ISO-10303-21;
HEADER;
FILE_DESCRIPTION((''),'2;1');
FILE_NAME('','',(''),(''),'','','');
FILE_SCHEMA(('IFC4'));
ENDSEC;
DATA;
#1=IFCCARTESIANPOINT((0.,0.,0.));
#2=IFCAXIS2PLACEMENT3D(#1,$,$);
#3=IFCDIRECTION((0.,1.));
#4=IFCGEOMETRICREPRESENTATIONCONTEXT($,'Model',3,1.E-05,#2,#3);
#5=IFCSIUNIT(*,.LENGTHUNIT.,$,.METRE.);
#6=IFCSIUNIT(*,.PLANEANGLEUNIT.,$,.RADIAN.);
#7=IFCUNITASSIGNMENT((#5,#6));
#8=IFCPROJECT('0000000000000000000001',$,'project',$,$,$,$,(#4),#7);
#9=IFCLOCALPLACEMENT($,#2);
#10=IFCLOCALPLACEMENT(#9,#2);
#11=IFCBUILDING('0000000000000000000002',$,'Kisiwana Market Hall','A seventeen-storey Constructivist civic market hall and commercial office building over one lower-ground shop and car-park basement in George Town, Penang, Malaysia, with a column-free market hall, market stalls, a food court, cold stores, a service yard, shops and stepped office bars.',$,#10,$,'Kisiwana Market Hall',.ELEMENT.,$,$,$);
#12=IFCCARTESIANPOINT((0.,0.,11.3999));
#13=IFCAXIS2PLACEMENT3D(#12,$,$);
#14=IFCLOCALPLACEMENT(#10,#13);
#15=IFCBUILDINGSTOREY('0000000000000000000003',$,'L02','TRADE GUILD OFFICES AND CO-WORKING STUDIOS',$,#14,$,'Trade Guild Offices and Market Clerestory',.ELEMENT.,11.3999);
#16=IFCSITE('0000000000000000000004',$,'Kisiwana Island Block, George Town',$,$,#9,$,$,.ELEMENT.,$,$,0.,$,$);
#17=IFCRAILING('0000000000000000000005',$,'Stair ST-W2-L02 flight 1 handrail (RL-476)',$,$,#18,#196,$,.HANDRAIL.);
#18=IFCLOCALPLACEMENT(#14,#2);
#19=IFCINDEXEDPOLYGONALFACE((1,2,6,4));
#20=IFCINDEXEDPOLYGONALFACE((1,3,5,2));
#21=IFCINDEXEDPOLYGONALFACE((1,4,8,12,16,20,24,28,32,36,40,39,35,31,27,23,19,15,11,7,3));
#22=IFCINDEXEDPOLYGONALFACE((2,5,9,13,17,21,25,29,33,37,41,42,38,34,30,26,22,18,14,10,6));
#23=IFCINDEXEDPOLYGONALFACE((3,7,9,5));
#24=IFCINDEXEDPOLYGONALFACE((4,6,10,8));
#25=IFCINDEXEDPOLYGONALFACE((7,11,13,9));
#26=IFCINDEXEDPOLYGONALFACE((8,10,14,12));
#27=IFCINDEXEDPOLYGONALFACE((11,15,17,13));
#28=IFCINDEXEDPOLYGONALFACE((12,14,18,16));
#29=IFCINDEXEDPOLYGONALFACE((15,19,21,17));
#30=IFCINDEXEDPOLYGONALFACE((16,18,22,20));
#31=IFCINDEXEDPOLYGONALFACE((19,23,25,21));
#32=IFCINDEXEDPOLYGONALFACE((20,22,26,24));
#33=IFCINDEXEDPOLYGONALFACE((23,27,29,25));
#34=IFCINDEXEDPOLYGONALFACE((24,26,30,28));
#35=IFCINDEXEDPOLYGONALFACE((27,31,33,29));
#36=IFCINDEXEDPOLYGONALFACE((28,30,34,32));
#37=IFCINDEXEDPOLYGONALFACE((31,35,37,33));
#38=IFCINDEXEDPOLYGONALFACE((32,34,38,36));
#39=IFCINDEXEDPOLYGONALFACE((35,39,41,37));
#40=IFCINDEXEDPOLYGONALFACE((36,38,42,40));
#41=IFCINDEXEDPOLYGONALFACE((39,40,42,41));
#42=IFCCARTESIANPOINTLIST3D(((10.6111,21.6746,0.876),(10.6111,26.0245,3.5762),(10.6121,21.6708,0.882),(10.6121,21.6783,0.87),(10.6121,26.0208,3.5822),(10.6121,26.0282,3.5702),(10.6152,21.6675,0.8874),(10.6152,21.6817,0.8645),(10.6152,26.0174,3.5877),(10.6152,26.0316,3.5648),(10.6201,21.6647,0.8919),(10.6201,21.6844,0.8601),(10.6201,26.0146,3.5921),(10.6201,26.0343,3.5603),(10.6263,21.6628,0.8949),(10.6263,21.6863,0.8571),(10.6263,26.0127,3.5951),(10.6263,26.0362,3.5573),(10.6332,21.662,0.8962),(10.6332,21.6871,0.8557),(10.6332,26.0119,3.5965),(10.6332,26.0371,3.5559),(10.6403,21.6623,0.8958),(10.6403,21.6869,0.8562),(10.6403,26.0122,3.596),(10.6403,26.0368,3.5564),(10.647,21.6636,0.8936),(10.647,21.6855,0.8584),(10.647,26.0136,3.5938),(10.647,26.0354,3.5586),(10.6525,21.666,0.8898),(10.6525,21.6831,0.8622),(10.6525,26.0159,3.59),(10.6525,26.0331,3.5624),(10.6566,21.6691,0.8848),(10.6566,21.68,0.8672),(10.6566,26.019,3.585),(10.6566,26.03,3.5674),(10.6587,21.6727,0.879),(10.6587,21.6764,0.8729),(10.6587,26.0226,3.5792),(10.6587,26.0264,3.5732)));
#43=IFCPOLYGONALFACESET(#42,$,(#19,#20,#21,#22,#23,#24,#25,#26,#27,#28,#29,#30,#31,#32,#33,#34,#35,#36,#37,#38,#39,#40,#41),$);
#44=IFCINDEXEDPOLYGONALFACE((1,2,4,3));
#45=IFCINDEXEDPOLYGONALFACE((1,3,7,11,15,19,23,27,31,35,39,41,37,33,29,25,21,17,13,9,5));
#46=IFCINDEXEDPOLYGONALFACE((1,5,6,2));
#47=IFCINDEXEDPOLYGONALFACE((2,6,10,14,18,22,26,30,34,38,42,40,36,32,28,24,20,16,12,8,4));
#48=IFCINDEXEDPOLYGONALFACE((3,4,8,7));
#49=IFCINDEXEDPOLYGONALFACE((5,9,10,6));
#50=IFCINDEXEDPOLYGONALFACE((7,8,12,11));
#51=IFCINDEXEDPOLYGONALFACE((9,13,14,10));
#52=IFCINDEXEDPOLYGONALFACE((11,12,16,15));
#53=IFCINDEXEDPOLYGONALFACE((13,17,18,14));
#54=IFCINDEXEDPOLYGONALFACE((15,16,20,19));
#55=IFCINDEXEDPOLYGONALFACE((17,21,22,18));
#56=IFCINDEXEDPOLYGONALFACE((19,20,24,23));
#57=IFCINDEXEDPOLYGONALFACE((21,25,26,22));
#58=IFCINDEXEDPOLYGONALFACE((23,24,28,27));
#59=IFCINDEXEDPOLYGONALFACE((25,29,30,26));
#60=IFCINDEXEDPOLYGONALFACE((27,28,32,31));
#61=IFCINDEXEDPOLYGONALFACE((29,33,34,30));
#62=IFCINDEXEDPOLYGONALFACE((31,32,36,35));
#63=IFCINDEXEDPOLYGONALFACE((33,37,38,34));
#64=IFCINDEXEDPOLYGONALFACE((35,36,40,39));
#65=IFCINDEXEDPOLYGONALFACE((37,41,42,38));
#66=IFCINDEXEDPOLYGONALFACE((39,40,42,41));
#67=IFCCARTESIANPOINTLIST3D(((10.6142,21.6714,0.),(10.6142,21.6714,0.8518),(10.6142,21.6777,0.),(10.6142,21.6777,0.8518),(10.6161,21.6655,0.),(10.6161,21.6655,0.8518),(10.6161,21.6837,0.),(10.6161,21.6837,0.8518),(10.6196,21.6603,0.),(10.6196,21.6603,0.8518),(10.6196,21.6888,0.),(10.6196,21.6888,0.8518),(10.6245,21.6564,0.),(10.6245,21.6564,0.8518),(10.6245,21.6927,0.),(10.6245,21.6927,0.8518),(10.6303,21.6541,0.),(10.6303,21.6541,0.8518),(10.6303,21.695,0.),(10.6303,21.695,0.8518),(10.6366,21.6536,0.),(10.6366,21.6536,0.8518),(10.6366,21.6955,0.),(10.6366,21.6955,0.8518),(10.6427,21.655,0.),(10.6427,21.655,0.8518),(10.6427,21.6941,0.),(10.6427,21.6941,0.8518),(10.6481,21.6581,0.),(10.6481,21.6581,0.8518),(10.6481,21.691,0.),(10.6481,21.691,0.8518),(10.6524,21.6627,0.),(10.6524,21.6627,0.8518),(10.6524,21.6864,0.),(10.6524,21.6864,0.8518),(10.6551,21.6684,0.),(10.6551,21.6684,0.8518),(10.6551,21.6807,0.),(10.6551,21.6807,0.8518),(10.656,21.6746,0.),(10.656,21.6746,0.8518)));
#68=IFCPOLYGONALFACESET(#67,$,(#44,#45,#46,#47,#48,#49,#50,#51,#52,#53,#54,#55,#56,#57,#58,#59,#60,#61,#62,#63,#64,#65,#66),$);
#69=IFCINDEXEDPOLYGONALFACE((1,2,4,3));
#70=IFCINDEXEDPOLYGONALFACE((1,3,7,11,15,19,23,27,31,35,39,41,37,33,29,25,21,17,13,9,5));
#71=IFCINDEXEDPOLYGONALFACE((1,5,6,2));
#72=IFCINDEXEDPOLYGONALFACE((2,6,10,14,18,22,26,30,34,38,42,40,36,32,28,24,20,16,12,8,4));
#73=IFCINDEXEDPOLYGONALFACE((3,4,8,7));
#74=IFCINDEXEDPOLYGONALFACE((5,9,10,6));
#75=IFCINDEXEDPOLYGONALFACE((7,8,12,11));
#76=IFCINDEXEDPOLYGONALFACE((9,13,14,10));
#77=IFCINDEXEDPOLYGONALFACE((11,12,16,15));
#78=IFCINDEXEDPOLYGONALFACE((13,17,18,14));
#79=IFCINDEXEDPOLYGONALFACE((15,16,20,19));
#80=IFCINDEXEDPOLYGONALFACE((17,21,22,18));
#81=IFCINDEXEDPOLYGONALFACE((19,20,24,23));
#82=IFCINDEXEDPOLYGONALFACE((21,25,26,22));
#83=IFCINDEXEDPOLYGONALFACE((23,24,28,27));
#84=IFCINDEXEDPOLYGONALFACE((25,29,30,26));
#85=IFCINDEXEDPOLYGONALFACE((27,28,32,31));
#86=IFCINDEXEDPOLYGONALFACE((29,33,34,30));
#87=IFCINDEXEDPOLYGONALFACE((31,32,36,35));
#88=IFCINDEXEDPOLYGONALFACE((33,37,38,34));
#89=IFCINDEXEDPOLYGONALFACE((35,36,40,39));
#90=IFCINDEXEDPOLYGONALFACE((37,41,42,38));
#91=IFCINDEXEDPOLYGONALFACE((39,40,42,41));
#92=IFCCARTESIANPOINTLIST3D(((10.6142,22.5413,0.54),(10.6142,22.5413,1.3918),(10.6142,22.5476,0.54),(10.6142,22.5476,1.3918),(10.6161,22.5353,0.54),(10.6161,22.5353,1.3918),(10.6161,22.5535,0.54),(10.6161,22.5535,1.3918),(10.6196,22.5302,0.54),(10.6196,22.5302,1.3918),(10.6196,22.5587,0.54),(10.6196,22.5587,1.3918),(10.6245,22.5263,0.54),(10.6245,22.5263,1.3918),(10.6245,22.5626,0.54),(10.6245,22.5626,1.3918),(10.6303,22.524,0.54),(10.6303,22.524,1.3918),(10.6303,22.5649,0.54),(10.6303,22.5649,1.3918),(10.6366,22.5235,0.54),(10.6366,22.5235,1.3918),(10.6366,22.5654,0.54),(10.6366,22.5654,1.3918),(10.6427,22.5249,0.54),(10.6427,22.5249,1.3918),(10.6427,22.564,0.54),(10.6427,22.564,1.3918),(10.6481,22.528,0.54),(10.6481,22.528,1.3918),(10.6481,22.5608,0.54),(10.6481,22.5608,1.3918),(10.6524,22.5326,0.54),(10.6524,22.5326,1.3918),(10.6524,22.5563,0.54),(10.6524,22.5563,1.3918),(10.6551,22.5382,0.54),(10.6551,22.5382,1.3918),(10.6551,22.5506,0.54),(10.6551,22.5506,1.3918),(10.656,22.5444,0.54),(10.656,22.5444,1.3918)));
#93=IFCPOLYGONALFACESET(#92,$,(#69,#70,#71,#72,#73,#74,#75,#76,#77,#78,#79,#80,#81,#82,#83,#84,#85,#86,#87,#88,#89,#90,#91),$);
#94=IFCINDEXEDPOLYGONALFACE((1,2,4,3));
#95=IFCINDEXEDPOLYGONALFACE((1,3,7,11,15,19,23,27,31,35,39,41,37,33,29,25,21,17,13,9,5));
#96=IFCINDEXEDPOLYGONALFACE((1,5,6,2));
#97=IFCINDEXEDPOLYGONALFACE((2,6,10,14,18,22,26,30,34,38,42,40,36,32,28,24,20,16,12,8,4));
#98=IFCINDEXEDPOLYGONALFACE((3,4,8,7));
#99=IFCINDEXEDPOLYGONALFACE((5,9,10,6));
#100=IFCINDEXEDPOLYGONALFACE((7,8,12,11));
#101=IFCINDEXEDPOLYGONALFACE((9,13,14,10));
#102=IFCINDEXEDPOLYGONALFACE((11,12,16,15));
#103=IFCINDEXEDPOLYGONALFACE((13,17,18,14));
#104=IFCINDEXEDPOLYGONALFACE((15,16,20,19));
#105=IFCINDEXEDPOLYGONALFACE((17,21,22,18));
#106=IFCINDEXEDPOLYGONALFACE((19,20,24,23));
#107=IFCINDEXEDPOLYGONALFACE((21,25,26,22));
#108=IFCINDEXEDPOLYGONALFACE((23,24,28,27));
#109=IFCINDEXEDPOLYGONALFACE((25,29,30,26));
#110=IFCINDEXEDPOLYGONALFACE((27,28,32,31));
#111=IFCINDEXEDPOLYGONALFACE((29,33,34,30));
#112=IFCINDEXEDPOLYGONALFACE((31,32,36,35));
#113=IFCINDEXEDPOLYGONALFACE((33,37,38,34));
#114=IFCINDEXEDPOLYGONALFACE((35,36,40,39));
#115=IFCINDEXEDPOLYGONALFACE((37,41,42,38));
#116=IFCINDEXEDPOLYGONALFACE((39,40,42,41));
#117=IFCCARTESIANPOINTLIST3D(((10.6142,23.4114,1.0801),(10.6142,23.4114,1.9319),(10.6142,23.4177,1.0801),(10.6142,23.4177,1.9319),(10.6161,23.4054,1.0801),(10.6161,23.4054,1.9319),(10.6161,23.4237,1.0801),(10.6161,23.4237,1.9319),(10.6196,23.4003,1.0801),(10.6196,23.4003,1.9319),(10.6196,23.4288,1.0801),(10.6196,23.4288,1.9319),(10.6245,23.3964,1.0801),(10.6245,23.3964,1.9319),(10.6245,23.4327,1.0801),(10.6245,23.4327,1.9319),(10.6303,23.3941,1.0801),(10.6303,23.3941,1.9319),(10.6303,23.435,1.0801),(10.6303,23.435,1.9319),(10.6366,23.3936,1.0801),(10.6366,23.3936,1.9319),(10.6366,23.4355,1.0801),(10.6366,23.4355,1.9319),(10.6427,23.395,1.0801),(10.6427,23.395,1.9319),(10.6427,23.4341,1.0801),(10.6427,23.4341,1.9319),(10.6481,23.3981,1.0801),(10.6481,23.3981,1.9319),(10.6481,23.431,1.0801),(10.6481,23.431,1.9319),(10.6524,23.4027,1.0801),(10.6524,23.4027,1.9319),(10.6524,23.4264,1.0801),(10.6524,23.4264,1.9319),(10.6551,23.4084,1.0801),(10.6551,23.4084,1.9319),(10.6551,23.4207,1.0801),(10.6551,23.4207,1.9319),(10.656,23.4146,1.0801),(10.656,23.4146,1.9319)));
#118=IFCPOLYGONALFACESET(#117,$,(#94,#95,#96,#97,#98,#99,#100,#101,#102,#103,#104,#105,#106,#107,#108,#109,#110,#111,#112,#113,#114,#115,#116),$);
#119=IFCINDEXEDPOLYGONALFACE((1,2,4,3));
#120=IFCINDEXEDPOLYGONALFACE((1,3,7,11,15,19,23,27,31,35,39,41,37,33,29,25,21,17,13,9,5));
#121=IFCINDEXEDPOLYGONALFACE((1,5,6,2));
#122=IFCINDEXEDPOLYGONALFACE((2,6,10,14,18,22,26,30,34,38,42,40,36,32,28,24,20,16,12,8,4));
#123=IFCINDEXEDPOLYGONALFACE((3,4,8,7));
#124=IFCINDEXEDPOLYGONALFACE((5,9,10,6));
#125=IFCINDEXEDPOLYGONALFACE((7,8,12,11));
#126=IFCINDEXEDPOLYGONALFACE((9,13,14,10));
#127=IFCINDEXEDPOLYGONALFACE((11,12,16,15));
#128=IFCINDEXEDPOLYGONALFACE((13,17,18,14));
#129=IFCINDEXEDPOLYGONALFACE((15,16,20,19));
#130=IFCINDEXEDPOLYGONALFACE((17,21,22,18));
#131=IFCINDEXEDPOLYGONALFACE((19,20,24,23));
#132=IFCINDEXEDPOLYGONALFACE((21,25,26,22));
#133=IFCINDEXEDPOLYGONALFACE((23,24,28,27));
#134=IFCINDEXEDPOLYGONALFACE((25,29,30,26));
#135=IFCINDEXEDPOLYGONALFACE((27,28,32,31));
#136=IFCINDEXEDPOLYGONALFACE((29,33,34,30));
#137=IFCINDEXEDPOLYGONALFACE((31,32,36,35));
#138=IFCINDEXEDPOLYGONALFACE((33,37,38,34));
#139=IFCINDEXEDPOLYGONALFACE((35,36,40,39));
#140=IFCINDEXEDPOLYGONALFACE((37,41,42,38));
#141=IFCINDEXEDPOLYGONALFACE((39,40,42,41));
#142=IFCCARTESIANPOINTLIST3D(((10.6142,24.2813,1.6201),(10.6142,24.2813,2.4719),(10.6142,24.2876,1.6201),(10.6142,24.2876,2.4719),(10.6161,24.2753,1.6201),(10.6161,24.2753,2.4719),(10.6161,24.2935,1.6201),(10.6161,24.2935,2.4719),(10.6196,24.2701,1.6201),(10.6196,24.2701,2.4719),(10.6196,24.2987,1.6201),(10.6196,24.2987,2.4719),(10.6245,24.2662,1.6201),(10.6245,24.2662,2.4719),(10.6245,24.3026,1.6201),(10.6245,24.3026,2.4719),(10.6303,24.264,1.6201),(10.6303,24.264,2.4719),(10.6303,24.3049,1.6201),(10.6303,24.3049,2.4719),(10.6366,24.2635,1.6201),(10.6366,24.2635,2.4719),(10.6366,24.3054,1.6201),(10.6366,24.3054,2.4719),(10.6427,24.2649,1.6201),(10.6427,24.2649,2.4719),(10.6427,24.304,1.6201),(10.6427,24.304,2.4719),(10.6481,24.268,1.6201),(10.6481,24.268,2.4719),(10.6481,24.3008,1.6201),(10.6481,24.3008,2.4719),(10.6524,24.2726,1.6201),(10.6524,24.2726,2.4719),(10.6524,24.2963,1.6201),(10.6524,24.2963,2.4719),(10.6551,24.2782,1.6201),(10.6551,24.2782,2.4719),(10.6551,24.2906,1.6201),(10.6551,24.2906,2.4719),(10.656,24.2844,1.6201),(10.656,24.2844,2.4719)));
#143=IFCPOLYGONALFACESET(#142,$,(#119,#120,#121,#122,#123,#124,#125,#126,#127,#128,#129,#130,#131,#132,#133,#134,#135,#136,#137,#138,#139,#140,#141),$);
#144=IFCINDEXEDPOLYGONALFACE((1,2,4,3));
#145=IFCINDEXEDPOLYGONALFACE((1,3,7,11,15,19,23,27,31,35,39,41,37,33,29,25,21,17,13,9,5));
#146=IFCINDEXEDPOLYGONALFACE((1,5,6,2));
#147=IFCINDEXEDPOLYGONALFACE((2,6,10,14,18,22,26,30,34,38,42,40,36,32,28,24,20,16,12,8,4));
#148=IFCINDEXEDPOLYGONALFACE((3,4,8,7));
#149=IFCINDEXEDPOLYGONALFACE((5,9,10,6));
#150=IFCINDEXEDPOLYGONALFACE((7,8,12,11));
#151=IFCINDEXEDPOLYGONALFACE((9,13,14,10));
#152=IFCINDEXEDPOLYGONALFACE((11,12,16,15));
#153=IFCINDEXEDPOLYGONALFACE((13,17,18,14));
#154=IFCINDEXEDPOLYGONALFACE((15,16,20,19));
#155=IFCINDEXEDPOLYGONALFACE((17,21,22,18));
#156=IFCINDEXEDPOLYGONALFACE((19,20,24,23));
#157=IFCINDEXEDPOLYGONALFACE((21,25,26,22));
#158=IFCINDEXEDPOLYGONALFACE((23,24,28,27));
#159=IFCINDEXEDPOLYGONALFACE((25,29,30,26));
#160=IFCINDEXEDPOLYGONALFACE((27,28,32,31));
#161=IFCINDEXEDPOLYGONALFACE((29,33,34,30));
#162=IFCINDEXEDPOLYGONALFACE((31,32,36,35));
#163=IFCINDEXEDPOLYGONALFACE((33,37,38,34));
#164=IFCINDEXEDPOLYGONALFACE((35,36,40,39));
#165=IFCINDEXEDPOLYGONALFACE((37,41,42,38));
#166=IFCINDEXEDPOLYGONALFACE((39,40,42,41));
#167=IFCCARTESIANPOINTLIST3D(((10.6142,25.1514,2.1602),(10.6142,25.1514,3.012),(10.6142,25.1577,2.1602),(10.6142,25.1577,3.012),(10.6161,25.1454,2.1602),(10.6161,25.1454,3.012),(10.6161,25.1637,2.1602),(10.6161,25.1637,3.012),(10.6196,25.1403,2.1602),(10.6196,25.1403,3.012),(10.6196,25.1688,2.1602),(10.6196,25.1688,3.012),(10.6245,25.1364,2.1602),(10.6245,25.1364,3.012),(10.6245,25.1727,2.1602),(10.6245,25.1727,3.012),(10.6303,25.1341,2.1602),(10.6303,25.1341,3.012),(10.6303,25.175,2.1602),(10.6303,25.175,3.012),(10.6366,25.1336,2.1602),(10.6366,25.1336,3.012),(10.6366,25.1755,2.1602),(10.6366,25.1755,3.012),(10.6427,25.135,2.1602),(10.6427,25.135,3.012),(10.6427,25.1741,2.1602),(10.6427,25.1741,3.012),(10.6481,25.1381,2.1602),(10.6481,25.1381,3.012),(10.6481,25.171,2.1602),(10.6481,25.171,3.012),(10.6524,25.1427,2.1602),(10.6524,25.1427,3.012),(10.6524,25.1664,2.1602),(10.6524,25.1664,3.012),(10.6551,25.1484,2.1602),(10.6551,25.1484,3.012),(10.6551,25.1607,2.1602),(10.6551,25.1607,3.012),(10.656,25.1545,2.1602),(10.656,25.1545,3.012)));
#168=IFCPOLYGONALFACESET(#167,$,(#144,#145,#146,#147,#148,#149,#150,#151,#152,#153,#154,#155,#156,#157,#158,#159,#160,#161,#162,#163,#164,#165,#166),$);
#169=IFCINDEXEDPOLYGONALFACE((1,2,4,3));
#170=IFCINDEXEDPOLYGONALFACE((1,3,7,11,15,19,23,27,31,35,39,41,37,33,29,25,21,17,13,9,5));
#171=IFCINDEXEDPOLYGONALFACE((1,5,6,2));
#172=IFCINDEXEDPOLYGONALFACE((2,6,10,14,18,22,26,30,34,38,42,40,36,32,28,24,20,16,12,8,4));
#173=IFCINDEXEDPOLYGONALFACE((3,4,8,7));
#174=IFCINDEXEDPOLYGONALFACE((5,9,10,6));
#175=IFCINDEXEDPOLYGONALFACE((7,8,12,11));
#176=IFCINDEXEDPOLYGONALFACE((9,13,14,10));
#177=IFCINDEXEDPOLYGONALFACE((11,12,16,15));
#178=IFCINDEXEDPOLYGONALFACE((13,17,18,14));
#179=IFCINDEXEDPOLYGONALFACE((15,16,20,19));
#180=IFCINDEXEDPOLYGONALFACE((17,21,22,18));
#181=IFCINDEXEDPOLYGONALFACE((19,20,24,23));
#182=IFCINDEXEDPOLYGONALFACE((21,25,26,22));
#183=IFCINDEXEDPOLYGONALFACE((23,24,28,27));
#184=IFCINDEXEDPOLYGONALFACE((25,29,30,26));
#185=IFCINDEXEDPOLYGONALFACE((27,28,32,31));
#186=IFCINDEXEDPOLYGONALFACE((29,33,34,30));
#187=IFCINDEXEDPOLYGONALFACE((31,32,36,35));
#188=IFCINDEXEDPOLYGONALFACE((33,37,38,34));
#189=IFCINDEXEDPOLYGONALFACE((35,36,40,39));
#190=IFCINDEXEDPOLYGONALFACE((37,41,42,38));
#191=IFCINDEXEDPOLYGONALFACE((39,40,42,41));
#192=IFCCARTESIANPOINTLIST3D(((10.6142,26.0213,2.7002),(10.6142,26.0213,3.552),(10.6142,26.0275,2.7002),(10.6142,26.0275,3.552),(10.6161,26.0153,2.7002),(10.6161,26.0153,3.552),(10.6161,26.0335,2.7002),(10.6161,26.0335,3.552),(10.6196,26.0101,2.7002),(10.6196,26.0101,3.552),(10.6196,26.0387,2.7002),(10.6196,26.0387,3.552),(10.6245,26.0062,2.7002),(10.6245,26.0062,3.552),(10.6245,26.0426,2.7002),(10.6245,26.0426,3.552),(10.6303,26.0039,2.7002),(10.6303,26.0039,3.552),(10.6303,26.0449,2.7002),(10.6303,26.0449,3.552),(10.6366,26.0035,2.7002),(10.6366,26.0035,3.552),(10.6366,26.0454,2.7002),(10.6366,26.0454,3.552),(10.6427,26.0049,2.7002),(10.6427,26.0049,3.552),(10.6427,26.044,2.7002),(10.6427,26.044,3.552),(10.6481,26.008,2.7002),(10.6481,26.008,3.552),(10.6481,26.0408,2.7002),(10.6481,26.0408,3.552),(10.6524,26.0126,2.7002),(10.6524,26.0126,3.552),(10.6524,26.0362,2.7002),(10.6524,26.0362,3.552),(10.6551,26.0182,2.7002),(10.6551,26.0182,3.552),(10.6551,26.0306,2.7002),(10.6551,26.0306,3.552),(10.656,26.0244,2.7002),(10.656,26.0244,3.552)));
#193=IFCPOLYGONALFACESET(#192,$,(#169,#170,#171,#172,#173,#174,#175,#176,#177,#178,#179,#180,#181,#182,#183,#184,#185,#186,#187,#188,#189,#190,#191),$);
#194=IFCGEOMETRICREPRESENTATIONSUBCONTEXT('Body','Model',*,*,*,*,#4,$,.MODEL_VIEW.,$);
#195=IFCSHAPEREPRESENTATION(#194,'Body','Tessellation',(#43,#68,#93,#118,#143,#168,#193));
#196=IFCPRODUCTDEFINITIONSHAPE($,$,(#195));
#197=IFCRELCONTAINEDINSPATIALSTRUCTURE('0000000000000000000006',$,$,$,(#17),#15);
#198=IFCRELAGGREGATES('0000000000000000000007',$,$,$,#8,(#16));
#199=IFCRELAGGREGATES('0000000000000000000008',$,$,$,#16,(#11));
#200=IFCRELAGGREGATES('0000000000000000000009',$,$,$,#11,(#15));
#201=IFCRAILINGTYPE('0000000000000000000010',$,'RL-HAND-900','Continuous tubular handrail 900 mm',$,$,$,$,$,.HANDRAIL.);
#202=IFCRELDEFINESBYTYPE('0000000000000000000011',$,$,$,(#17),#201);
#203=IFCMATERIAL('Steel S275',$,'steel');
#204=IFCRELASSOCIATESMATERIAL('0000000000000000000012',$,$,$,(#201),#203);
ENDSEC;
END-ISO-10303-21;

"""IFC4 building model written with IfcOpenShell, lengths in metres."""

from ifc_helpers import new_model, si_unit, direction, frame, origin, origin_2d, place, context, subcontext, project, spatial, circle, extrude, material, type_object, element, save


model = new_model("IFC4")

# Units and contexts
model_context = context("Model", 3, precision=1e-05, world=origin(), true_north=direction((0.0, 1.0)))
body_context = subcontext(model_context, "Body", "Model", "MODEL_VIEW")
ifc_project = project(units=[si_unit("LENGTHUNIT", "METRE"), si_unit("PLANEANGLEUNIT", "RADIAN")], contexts=[model_context])

# Site, building, storey
site_placement = place(None, origin())
site = spatial("IfcSite", under=ifc_project, at=site_placement, Name="Kisiwana Island Block, George Town", CompositionType="ELEMENT", RefElevation=0.0)
building_placement = place(site_placement, origin())
building = spatial("IfcBuilding", under=site, at=building_placement, Name="Kisiwana Market Hall", Description="A seventeen-storey Constructivist civic market hall and commercial office building over one lower-ground shop and car-park basement in George Town, Penang, Malaysia, with a column-free market hall, market stalls, a food court, cold stores, a service yard, shops and stepped office bars.", LongName="Kisiwana Market Hall", CompositionType="ELEMENT")
storey_placement = place(building_placement, frame((0.0, 0.0, 11.3999)))
storey = spatial("IfcBuildingStorey", under=building, at=storey_placement, Name="L02", Description="TRADE GUILD OFFICES AND CO-WORKING STUDIOS", LongName="Trade Guild Offices and Market Clerestory", CompositionType="ELEMENT", Elevation=11.3999)

# Railing
ifc_material_1 = material(Name="Steel S275", Category="steel")
railing_type_1 = type_object("IfcRailingType", Name="RL-HAND-900", Description="Continuous tubular handrail 900 mm", PredefinedType="HANDRAIL", material=ifc_material_1)
railing_1_placement = place(storey_placement, frame((10.635, 21.6746, 0.0)))
element("IfcRailing", 1, at=railing_1_placement, inside=storey, type_object=railing_type_1, Name="Stair ST-W2-L02 flight 1 handrail (RL-476)", PredefinedType="HANDRAIL", context=body_context, shape_type="SweptSolid", body=[
    extrude(circle(Radius=0.0239, at=origin_2d()), frame((0.0, 0.0, 0.876), z_axis=(0.0, 0.849615, 0.527403), x_axis=(-1.0, 0.0, 0.0)), (0.0, 0.0, 1.0), 5.1199),
    extrude(circle(Radius=0.021, at=origin_2d()), origin(), (0.0, 0.0, 1.0), 0.8518),
    extrude(circle(Radius=0.021, at=origin_2d()), frame((0.0, 0.8699, 0.54)), (0.0, 0.0, 1.0), 0.8518),
    extrude(circle(Radius=0.021, at=origin_2d()), frame((0.0, 1.74, 1.0801)), (0.0, 0.0, 1.0), 0.8518),
    extrude(circle(Radius=0.021, at=origin_2d()), frame((0.0, 2.6099, 1.6201)), (0.0, 0.0, 1.0), 0.8518),
    extrude(circle(Radius=0.021, at=origin_2d()), frame((0.0, 3.48, 2.1602)), (0.0, 0.0, 1.0), 0.8518),
    extrude(circle(Radius=0.021, at=origin_2d()), frame((0.0, 4.3499, 2.7002)), (0.0, 0.0, 1.0), 0.8518),
])

save(model, "model.ifc")
